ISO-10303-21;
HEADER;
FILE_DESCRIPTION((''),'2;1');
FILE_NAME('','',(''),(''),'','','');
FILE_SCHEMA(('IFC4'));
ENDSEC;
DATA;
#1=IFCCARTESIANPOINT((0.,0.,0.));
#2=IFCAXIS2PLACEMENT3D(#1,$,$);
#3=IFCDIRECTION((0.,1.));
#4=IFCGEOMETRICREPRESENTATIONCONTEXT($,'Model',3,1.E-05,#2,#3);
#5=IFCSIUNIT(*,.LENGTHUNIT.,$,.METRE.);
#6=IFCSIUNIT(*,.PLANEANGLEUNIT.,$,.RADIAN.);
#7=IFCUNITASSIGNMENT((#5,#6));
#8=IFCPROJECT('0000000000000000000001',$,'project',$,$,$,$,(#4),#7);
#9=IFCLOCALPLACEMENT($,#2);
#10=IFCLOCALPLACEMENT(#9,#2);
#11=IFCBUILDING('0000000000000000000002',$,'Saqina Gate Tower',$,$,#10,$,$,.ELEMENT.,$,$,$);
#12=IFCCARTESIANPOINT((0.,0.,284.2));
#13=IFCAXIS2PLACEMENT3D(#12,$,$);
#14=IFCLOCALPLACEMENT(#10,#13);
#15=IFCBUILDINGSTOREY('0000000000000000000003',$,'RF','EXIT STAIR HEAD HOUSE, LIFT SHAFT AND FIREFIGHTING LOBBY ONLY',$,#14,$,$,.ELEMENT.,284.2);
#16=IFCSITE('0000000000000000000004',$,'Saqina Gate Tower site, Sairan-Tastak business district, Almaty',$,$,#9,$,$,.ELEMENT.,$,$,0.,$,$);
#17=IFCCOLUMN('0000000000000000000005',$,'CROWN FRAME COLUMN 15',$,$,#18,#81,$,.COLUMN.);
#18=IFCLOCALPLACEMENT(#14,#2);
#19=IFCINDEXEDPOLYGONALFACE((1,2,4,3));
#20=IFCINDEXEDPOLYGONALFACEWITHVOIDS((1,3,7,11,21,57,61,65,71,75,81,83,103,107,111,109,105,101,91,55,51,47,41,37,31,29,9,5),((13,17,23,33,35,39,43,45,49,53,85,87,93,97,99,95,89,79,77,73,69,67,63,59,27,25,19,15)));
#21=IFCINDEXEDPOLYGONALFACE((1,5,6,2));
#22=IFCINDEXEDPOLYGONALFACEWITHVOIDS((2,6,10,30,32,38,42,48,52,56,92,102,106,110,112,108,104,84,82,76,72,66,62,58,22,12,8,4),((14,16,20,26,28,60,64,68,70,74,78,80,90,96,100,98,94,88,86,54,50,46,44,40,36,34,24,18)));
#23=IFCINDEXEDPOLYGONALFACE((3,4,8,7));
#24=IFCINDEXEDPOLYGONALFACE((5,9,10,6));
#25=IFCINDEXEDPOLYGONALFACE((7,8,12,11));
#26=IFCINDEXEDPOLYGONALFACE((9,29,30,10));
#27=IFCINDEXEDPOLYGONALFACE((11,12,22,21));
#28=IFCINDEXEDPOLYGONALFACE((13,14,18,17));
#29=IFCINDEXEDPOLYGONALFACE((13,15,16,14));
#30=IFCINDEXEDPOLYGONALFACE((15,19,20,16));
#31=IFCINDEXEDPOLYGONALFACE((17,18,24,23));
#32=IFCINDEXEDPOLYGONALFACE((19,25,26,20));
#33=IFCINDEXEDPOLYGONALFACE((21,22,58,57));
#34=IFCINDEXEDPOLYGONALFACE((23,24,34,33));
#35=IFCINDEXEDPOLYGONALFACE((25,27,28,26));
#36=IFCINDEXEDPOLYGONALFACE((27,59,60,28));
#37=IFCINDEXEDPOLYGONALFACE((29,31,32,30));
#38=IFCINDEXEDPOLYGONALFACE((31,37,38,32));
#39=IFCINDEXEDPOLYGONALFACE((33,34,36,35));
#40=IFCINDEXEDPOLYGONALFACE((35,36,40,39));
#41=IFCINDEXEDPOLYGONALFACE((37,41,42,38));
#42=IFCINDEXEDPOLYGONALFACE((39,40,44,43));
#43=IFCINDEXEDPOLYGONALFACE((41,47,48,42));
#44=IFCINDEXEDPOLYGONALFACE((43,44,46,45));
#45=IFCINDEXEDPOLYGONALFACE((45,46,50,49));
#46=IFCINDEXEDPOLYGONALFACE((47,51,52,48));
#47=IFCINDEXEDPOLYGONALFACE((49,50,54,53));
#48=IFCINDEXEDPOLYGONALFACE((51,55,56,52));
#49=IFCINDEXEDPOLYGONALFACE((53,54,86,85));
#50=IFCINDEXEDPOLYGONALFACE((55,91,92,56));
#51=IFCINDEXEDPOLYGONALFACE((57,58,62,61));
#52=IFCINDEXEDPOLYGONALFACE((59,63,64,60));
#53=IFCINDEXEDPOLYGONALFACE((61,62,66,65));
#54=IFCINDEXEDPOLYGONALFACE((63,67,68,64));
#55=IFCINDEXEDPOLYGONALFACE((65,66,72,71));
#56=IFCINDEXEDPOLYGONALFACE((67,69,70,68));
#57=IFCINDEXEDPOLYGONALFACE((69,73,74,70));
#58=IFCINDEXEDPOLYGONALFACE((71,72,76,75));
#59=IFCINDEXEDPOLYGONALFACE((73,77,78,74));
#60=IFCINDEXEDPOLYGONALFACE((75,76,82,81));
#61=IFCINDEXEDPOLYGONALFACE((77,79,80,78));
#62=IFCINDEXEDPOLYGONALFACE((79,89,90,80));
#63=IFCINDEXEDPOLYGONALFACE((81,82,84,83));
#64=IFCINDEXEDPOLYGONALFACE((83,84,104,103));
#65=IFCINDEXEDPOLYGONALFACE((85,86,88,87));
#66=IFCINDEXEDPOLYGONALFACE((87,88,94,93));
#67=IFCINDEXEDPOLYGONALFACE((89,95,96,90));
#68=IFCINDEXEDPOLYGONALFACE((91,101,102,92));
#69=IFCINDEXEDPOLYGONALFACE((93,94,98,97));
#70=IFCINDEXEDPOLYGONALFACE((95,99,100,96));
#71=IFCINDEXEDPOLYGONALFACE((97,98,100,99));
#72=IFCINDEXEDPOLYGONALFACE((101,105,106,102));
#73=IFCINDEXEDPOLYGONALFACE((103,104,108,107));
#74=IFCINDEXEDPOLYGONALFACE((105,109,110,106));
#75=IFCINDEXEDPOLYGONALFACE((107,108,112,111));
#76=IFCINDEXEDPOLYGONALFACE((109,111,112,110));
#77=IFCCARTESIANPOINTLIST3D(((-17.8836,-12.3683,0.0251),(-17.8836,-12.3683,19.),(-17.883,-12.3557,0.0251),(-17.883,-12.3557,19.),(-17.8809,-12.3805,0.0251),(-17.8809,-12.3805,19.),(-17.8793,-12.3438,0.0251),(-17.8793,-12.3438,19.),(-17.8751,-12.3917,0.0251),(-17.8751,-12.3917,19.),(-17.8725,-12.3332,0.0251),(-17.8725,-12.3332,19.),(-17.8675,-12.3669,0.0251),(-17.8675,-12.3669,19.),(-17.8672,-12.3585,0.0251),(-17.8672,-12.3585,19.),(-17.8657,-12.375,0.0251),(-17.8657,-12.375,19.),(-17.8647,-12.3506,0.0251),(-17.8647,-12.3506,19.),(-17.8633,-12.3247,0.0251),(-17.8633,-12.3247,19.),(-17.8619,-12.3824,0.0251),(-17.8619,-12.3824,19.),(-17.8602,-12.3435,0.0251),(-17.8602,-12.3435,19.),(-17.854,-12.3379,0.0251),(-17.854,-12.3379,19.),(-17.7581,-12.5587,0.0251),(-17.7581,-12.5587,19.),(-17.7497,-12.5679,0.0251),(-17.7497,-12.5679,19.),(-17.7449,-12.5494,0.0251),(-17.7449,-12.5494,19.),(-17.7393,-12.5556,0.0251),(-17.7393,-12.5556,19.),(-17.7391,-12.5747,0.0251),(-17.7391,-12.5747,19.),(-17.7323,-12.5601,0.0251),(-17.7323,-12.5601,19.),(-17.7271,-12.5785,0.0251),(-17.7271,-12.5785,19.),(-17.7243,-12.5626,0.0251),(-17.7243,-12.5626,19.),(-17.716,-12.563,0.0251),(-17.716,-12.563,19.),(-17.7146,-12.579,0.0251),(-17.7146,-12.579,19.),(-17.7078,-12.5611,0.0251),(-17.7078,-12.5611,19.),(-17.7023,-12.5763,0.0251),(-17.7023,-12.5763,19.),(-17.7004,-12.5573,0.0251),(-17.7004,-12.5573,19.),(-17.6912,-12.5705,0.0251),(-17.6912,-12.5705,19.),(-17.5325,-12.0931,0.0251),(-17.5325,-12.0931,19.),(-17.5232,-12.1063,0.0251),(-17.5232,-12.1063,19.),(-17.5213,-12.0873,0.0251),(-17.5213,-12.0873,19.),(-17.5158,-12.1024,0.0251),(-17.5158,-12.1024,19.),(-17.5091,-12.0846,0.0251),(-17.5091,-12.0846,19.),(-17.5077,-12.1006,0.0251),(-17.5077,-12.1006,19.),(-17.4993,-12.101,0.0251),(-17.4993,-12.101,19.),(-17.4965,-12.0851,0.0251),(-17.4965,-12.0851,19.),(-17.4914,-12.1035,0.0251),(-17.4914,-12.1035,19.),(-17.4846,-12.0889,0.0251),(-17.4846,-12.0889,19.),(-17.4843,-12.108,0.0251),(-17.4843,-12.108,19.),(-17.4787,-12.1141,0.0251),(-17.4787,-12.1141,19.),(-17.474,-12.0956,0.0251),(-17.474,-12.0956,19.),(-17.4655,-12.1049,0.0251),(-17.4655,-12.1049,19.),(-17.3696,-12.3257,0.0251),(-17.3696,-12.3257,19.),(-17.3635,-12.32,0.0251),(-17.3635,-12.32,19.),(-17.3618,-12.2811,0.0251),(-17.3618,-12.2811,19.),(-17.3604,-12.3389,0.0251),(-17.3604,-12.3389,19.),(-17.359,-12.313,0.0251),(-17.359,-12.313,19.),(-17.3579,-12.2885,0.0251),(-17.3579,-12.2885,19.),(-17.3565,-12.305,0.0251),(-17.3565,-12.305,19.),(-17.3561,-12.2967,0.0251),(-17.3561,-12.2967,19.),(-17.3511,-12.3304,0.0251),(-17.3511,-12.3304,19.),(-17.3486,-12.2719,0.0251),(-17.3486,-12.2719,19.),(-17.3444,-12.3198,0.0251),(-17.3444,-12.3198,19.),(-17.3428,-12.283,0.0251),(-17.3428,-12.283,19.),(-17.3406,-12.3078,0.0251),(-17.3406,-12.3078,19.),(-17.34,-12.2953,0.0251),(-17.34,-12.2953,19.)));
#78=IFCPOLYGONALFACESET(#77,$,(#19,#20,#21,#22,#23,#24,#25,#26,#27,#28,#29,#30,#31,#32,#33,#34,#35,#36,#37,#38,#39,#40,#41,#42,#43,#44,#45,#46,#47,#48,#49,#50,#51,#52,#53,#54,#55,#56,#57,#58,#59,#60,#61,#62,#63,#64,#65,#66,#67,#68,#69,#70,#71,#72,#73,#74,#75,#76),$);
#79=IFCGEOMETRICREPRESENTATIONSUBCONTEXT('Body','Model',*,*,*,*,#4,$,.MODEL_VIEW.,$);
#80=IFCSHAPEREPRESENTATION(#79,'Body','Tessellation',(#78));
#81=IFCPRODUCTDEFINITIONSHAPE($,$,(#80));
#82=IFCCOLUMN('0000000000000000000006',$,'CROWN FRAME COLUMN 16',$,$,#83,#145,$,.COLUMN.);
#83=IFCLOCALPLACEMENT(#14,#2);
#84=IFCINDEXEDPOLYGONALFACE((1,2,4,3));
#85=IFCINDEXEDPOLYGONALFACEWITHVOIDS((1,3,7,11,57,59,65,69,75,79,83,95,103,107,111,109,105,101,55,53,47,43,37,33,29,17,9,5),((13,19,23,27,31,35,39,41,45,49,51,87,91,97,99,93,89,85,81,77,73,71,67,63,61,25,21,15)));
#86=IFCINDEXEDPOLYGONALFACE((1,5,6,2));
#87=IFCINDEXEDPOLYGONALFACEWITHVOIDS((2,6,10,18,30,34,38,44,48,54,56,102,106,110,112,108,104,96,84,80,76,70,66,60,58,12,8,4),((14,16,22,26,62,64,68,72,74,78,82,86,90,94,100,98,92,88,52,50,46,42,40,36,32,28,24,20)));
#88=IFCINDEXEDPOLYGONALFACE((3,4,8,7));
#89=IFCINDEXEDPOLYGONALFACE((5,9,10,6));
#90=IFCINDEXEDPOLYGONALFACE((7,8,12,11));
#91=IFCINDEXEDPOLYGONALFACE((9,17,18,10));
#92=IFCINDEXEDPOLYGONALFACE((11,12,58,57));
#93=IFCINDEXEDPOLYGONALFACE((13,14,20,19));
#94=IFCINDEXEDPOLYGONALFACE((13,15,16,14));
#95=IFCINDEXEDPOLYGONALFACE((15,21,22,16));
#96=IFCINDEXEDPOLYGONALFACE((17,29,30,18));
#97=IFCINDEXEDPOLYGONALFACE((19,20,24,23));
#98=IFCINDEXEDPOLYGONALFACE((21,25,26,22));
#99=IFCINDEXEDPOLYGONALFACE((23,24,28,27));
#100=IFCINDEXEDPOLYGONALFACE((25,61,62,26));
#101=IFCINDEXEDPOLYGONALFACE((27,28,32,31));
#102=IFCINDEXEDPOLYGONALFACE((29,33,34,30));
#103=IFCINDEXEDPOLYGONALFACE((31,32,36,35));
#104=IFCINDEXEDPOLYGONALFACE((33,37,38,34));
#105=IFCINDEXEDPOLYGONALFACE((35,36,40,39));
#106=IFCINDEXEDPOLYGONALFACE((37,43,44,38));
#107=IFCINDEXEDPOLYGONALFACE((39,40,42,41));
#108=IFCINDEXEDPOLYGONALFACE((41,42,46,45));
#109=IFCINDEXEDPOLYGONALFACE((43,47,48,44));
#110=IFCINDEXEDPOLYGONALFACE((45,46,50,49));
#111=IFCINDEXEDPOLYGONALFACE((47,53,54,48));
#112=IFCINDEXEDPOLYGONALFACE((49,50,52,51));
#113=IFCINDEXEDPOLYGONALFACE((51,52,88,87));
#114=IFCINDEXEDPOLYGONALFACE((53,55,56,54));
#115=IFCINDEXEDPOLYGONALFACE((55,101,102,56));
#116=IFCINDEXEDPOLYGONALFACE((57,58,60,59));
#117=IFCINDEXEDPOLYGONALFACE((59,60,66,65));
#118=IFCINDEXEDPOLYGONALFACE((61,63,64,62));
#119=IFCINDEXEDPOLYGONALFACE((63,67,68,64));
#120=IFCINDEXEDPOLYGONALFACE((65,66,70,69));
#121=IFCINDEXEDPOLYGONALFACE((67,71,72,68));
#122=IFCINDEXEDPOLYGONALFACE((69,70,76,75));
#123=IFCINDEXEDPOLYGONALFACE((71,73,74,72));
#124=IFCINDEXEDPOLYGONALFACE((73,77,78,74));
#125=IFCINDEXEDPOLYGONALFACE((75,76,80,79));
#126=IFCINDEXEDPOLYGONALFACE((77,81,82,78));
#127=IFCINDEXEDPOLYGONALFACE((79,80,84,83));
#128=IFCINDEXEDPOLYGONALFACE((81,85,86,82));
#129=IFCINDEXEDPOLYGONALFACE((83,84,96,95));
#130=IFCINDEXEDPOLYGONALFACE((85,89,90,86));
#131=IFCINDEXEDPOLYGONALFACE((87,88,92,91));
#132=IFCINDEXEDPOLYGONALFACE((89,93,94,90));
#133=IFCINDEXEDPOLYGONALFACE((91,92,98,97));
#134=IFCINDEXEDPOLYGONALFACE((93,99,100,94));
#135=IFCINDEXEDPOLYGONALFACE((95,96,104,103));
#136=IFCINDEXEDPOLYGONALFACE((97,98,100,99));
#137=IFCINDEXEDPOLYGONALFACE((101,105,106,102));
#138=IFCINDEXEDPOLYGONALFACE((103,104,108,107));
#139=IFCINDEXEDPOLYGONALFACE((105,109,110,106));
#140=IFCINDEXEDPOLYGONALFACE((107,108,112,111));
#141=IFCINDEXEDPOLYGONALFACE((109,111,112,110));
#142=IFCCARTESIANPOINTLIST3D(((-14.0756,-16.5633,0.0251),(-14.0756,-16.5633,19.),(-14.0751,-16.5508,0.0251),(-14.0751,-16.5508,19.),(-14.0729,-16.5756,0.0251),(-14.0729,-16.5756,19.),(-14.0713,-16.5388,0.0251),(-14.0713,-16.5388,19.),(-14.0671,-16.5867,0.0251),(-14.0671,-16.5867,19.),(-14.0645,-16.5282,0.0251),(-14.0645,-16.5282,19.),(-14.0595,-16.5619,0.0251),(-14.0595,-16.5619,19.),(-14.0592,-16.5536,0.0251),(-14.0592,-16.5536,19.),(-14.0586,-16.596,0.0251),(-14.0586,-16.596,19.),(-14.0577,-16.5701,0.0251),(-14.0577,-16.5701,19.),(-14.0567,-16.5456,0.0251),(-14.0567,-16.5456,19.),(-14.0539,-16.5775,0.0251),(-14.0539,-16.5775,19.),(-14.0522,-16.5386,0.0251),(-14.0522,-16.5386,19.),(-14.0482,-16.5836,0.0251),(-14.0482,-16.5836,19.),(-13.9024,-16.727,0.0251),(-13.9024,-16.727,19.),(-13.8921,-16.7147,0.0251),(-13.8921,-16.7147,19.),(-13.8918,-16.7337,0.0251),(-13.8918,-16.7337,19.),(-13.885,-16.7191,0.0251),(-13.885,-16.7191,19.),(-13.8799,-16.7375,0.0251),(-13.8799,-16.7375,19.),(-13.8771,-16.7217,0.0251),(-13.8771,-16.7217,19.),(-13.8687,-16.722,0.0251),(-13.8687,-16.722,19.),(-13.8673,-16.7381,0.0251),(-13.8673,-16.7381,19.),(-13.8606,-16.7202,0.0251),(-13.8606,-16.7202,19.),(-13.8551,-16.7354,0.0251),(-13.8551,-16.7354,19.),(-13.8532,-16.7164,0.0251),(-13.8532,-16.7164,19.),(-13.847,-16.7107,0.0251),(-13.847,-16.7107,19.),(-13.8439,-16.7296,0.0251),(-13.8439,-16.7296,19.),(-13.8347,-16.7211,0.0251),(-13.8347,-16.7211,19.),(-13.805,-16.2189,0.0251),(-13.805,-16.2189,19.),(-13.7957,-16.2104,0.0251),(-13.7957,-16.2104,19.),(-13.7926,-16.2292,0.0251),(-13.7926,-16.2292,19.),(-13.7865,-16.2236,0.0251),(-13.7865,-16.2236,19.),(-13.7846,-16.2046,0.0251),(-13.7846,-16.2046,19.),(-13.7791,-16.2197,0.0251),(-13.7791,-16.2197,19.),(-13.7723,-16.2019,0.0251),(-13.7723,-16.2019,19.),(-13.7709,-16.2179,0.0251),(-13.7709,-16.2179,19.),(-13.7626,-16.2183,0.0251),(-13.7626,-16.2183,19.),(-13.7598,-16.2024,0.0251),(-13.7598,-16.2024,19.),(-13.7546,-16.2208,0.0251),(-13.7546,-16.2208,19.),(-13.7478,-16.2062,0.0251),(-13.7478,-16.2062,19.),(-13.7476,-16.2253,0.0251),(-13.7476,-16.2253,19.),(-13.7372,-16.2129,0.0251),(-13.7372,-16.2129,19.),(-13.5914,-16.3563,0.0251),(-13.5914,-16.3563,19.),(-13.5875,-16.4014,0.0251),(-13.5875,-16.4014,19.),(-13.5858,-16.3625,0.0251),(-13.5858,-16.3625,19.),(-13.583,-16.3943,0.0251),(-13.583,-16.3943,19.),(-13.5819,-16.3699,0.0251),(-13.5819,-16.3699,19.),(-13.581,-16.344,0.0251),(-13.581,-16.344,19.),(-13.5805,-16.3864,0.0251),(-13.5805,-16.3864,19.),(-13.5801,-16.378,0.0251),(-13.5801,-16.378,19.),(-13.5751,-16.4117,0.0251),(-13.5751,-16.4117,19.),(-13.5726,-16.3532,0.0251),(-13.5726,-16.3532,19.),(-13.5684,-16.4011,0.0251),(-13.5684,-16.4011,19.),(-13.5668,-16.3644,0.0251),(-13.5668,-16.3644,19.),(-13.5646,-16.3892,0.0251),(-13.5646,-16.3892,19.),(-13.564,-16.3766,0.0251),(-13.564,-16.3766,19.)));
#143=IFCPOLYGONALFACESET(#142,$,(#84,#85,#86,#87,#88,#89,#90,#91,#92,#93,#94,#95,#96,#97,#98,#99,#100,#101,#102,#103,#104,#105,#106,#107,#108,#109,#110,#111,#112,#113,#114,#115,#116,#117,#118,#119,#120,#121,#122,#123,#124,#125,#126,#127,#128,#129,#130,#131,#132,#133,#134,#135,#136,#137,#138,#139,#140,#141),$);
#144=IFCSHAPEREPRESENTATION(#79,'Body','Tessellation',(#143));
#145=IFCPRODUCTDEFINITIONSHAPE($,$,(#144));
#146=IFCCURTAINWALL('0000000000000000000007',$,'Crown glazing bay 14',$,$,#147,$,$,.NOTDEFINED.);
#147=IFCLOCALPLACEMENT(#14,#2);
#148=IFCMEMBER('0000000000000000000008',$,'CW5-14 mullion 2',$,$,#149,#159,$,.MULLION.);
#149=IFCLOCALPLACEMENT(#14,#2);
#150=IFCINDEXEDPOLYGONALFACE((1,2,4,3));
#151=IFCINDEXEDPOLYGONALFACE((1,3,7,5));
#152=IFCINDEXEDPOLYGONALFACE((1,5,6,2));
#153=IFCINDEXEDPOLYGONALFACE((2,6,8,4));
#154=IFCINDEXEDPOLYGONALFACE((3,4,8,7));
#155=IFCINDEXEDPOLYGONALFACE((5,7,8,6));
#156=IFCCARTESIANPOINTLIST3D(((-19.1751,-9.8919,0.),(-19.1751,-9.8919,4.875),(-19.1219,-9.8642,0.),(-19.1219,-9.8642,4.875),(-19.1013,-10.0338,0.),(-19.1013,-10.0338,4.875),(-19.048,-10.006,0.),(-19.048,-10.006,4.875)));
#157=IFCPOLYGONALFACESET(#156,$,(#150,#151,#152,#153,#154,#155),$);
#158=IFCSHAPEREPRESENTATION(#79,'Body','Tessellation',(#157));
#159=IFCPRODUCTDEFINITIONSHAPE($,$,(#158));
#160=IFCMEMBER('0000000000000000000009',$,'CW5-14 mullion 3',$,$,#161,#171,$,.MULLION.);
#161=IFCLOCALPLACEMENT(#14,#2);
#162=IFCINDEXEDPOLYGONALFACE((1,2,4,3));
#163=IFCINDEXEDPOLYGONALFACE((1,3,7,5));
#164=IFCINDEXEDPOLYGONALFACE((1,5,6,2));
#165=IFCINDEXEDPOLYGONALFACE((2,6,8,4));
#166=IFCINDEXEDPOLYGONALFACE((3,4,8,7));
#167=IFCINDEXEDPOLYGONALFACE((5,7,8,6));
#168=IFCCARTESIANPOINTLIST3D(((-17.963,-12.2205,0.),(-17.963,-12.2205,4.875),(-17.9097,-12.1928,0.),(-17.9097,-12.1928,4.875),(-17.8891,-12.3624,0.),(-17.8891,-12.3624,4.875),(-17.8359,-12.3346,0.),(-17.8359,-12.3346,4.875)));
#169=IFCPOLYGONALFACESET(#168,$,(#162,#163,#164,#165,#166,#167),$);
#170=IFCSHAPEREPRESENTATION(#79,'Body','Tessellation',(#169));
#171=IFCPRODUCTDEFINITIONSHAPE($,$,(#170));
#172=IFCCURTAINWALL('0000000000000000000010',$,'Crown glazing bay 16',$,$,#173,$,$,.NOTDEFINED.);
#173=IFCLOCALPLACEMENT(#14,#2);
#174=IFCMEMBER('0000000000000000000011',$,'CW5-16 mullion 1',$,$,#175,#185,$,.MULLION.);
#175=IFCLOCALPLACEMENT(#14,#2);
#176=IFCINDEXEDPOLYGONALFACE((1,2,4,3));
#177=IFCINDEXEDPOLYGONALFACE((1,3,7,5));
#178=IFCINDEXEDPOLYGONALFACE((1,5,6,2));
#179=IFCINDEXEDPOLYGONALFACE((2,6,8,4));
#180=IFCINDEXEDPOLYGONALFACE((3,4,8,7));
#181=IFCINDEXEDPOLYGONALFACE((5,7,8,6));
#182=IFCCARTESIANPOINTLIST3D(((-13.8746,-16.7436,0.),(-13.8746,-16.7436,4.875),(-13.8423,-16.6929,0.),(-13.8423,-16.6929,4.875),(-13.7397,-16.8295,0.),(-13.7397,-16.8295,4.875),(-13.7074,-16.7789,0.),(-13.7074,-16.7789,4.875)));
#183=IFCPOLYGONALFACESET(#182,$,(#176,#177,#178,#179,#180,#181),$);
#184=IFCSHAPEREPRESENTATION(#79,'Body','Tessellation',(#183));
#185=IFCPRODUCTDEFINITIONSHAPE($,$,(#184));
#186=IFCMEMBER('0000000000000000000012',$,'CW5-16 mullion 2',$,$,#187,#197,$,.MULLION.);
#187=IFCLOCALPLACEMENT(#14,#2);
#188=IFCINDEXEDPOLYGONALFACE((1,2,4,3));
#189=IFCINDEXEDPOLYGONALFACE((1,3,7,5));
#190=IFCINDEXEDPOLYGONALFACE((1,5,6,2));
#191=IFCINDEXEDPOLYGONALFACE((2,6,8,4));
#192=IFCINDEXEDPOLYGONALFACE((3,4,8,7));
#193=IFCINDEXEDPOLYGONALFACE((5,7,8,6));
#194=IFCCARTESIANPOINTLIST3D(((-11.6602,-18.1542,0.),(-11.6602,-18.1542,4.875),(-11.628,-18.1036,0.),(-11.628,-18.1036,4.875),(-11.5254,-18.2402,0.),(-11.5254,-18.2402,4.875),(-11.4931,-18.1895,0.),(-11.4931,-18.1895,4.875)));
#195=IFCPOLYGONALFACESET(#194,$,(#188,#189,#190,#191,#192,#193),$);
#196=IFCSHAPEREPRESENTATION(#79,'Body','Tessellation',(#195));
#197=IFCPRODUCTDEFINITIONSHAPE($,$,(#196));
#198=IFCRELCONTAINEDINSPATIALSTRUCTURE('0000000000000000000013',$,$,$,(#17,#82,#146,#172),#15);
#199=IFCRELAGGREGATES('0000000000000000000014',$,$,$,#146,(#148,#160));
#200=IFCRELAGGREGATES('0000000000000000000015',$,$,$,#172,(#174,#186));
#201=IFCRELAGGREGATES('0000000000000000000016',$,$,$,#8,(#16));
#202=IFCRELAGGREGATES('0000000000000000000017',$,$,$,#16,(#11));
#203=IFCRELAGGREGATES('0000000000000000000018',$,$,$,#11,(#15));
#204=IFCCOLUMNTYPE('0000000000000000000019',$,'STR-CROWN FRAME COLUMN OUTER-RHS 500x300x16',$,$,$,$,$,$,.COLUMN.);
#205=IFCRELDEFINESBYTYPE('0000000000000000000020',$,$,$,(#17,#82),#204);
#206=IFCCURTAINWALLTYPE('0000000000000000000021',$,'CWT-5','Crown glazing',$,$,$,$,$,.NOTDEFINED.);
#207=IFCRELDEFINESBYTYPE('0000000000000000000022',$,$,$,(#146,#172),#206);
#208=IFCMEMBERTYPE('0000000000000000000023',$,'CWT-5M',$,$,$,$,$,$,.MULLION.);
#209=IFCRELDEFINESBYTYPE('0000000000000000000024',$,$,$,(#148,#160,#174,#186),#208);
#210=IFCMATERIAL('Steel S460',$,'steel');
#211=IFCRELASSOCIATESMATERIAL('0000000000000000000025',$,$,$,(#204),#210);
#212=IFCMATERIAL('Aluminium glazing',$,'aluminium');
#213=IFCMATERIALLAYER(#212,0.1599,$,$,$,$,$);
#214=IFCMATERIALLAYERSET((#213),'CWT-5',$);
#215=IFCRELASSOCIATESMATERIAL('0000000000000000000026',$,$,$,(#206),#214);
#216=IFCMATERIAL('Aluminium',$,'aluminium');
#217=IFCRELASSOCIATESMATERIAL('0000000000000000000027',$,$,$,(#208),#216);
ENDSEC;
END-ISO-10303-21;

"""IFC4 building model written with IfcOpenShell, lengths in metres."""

from ifc_helpers import new_model, si_unit, direction, frame, origin, origin_2d, place, context, subcontext, project, spatial, rectangle, hollow_rectangle, extrude, material, layer, layer_set, material_profile, profile_set, type_object, element, aggregate, save


model = new_model("IFC4")

# Units and contexts
model_context = context("Model", 3, precision=1e-05, world=origin(), true_north=direction((0.0, 1.0)))
body_context = subcontext(model_context, "Body", "Model", "MODEL_VIEW")
ifc_project = project(units=[si_unit("LENGTHUNIT", "METRE"), si_unit("PLANEANGLEUNIT", "RADIAN")], contexts=[model_context])

# Site, building, storey
site_placement = place(None, origin())
site = spatial("IfcSite", under=ifc_project, at=site_placement, Name="Saqina Gate Tower site, Sairan-Tastak business district, Almaty", CompositionType="ELEMENT", RefElevation=0.0)
building_placement = place(site_placement, origin())
building = spatial("IfcBuilding", under=site, at=building_placement, Name="Saqina Gate Tower", CompositionType="ELEMENT")
storey_placement = place(building_placement, frame((0.0, 0.0, 284.2)))
storey = spatial("IfcBuildingStorey", under=building, at=storey_placement, Name="RF", Description="EXIT STAIR HEAD HOUSE, LIFT SHAFT AND FIREFIGHTING LOBBY ONLY", CompositionType="ELEMENT", Elevation=284.2)

# Columns
ifc_material_1 = material(Name="Steel S460", Category="steel")
ifc_material_profile_1 = material_profile(ifc_material_1, hollow_rectangle(XDim=0.3, YDim=0.5, WallThickness=0.0161, InnerFilletRadius=0.032, OuterFilletRadius=0.0481, at=origin_2d()), Name="RHS 500x300x16")
ifc_profile_set_1 = profile_set([ifc_material_profile_1], Name="Steel S460")
column_type = type_object("IfcColumnType", Name="STR-CROWN FRAME COLUMN OUTER-RHS 500x300x16", PredefinedType="COLUMN", material=ifc_profile_set_1)
for number, where, z_axis, x_axis, name in (
    (1, (-17.6118, -12.3318, 0.0251), (0.0, 0.0, 1.0), (0.573576, -0.819152, 0.0), "CROWN FRAME COLUMN 15"),
    (2, (-13.8198, -16.47, 0.0251), (0.0, 0.0, 1.0), (0.766044, -0.642788, 0.0), "CROWN FRAME COLUMN 16"),
):
    element("IfcColumn", number, at=place(storey_placement, frame(where, z_axis=z_axis, x_axis=x_axis)), inside=storey, type_object=column_type, Name=name, PredefinedType="COLUMN", context=body_context, shape_type="SweptSolid", body=[
        extrude(hollow_rectangle(XDim=0.3, YDim=0.5, WallThickness=0.0161, InnerFilletRadius=0.032, OuterFilletRadius=0.0481, at=origin_2d()), origin(), (0.0, 0.0, 1.0), 18.9749),
    ])

# Curtain walls, members
ifc_material_2 = material(Name="Aluminium glazing", Category="aluminium")
ifc_layer_1 = layer(ifc_material_2, 0.1599)
ifc_layer_set_1 = layer_set([ifc_layer_1], Name="CWT-5")
curtain_wall_type = type_object("IfcCurtainWallType", Name="CWT-5", Description="Crown glazing", PredefinedType="NOTDEFINED", material=ifc_layer_set_1)
curtain_wall_1_placement = place(storey_placement, origin())
curtain_wall_1 = element("IfcCurtainWall", 3, at=curtain_wall_1_placement, inside=storey, type_object=curtain_wall_type, Name="Crown glazing bay 14", PredefinedType="NOTDEFINED")
ifc_material_3 = material(Name="Aluminium", Category="aluminium")
ifc_material_profile_2 = material_profile(ifc_material_3, rectangle(XDim=0.0601, YDim=0.1599, at=origin_2d()), Name="Aluminium 60x160")
ifc_profile_set_2 = profile_set([ifc_material_profile_2], Name="Aluminium")
member_type_1 = type_object("IfcMemberType", Name="CWT-5M", PredefinedType="MULLION", material=ifc_profile_set_2)
member_1_placement = place(storey_placement, frame((-19.1116, -9.949, 0.0), z_axis=(0.0, 0.0, 1.0), x_axis=(0.88701, 0.461751, 0.0)))
member_1 = element("IfcMember", 4, at=member_1_placement, type_object=member_type_1, Name="CW5-14 mullion 2", PredefinedType="MULLION", context=body_context, shape_type="SweptSolid", body=[
    extrude(rectangle(XDim=0.0601, YDim=0.1599, at=origin_2d()), origin(), (0.0, 0.0, 1.0), 4.875),
])
member_2_placement = place(storey_placement, frame((-17.8994, -12.2776, 0.0), z_axis=(0.0, 0.0, 1.0), x_axis=(0.88701, 0.461751, 0.0)))
member_2 = element("IfcMember", 5, at=member_2_placement, type_object=member_type_1, Name="CW5-14 mullion 3", PredefinedType="MULLION", context=body_context, shape_type="SweptSolid", body=[
    extrude(rectangle(XDim=0.0601, YDim=0.1599, at=origin_2d()), origin(), (0.0, 0.0, 1.0), 4.875),
])
curtain_wall_2_placement = place(storey_placement, origin())
curtain_wall_2 = element("IfcCurtainWall", 6, at=curtain_wall_2_placement, inside=storey, type_object=curtain_wall_type, Name="Crown glazing bay 16", PredefinedType="NOTDEFINED")
member_3_placement = place(storey_placement, frame((-13.791, -16.7612, 0.0), z_axis=(0.0, 0.0, 1.0), x_axis=(0.537295, 0.843395, 0.0)))
member_3 = element("IfcMember", 7, at=member_3_placement, type_object=member_type_1, Name="CW5-16 mullion 1", PredefinedType="MULLION", context=body_context, shape_type="SweptSolid", body=[
    extrude(rectangle(XDim=0.0601, YDim=0.1599, at=origin_2d()), origin(), (0.0, 0.0, 1.0), 4.875),
])
member_4_placement = place(storey_placement, frame((-11.5767, -18.1719, 0.0), z_axis=(0.0, 0.0, 1.0), x_axis=(0.537295, 0.843395, 0.0)))
member_4 = element("IfcMember", 8, at=member_4_placement, type_object=member_type_1, Name="CW5-16 mullion 2", PredefinedType="MULLION", context=body_context, shape_type="SweptSolid", body=[
    extrude(rectangle(XDim=0.0601, YDim=0.1599, at=origin_2d()), origin(), (0.0, 0.0, 1.0), 4.875),
])

aggregate(curtain_wall_1, [member_1, member_2])
aggregate(curtain_wall_2, [member_3, member_4])

save(model, "model.ifc")
